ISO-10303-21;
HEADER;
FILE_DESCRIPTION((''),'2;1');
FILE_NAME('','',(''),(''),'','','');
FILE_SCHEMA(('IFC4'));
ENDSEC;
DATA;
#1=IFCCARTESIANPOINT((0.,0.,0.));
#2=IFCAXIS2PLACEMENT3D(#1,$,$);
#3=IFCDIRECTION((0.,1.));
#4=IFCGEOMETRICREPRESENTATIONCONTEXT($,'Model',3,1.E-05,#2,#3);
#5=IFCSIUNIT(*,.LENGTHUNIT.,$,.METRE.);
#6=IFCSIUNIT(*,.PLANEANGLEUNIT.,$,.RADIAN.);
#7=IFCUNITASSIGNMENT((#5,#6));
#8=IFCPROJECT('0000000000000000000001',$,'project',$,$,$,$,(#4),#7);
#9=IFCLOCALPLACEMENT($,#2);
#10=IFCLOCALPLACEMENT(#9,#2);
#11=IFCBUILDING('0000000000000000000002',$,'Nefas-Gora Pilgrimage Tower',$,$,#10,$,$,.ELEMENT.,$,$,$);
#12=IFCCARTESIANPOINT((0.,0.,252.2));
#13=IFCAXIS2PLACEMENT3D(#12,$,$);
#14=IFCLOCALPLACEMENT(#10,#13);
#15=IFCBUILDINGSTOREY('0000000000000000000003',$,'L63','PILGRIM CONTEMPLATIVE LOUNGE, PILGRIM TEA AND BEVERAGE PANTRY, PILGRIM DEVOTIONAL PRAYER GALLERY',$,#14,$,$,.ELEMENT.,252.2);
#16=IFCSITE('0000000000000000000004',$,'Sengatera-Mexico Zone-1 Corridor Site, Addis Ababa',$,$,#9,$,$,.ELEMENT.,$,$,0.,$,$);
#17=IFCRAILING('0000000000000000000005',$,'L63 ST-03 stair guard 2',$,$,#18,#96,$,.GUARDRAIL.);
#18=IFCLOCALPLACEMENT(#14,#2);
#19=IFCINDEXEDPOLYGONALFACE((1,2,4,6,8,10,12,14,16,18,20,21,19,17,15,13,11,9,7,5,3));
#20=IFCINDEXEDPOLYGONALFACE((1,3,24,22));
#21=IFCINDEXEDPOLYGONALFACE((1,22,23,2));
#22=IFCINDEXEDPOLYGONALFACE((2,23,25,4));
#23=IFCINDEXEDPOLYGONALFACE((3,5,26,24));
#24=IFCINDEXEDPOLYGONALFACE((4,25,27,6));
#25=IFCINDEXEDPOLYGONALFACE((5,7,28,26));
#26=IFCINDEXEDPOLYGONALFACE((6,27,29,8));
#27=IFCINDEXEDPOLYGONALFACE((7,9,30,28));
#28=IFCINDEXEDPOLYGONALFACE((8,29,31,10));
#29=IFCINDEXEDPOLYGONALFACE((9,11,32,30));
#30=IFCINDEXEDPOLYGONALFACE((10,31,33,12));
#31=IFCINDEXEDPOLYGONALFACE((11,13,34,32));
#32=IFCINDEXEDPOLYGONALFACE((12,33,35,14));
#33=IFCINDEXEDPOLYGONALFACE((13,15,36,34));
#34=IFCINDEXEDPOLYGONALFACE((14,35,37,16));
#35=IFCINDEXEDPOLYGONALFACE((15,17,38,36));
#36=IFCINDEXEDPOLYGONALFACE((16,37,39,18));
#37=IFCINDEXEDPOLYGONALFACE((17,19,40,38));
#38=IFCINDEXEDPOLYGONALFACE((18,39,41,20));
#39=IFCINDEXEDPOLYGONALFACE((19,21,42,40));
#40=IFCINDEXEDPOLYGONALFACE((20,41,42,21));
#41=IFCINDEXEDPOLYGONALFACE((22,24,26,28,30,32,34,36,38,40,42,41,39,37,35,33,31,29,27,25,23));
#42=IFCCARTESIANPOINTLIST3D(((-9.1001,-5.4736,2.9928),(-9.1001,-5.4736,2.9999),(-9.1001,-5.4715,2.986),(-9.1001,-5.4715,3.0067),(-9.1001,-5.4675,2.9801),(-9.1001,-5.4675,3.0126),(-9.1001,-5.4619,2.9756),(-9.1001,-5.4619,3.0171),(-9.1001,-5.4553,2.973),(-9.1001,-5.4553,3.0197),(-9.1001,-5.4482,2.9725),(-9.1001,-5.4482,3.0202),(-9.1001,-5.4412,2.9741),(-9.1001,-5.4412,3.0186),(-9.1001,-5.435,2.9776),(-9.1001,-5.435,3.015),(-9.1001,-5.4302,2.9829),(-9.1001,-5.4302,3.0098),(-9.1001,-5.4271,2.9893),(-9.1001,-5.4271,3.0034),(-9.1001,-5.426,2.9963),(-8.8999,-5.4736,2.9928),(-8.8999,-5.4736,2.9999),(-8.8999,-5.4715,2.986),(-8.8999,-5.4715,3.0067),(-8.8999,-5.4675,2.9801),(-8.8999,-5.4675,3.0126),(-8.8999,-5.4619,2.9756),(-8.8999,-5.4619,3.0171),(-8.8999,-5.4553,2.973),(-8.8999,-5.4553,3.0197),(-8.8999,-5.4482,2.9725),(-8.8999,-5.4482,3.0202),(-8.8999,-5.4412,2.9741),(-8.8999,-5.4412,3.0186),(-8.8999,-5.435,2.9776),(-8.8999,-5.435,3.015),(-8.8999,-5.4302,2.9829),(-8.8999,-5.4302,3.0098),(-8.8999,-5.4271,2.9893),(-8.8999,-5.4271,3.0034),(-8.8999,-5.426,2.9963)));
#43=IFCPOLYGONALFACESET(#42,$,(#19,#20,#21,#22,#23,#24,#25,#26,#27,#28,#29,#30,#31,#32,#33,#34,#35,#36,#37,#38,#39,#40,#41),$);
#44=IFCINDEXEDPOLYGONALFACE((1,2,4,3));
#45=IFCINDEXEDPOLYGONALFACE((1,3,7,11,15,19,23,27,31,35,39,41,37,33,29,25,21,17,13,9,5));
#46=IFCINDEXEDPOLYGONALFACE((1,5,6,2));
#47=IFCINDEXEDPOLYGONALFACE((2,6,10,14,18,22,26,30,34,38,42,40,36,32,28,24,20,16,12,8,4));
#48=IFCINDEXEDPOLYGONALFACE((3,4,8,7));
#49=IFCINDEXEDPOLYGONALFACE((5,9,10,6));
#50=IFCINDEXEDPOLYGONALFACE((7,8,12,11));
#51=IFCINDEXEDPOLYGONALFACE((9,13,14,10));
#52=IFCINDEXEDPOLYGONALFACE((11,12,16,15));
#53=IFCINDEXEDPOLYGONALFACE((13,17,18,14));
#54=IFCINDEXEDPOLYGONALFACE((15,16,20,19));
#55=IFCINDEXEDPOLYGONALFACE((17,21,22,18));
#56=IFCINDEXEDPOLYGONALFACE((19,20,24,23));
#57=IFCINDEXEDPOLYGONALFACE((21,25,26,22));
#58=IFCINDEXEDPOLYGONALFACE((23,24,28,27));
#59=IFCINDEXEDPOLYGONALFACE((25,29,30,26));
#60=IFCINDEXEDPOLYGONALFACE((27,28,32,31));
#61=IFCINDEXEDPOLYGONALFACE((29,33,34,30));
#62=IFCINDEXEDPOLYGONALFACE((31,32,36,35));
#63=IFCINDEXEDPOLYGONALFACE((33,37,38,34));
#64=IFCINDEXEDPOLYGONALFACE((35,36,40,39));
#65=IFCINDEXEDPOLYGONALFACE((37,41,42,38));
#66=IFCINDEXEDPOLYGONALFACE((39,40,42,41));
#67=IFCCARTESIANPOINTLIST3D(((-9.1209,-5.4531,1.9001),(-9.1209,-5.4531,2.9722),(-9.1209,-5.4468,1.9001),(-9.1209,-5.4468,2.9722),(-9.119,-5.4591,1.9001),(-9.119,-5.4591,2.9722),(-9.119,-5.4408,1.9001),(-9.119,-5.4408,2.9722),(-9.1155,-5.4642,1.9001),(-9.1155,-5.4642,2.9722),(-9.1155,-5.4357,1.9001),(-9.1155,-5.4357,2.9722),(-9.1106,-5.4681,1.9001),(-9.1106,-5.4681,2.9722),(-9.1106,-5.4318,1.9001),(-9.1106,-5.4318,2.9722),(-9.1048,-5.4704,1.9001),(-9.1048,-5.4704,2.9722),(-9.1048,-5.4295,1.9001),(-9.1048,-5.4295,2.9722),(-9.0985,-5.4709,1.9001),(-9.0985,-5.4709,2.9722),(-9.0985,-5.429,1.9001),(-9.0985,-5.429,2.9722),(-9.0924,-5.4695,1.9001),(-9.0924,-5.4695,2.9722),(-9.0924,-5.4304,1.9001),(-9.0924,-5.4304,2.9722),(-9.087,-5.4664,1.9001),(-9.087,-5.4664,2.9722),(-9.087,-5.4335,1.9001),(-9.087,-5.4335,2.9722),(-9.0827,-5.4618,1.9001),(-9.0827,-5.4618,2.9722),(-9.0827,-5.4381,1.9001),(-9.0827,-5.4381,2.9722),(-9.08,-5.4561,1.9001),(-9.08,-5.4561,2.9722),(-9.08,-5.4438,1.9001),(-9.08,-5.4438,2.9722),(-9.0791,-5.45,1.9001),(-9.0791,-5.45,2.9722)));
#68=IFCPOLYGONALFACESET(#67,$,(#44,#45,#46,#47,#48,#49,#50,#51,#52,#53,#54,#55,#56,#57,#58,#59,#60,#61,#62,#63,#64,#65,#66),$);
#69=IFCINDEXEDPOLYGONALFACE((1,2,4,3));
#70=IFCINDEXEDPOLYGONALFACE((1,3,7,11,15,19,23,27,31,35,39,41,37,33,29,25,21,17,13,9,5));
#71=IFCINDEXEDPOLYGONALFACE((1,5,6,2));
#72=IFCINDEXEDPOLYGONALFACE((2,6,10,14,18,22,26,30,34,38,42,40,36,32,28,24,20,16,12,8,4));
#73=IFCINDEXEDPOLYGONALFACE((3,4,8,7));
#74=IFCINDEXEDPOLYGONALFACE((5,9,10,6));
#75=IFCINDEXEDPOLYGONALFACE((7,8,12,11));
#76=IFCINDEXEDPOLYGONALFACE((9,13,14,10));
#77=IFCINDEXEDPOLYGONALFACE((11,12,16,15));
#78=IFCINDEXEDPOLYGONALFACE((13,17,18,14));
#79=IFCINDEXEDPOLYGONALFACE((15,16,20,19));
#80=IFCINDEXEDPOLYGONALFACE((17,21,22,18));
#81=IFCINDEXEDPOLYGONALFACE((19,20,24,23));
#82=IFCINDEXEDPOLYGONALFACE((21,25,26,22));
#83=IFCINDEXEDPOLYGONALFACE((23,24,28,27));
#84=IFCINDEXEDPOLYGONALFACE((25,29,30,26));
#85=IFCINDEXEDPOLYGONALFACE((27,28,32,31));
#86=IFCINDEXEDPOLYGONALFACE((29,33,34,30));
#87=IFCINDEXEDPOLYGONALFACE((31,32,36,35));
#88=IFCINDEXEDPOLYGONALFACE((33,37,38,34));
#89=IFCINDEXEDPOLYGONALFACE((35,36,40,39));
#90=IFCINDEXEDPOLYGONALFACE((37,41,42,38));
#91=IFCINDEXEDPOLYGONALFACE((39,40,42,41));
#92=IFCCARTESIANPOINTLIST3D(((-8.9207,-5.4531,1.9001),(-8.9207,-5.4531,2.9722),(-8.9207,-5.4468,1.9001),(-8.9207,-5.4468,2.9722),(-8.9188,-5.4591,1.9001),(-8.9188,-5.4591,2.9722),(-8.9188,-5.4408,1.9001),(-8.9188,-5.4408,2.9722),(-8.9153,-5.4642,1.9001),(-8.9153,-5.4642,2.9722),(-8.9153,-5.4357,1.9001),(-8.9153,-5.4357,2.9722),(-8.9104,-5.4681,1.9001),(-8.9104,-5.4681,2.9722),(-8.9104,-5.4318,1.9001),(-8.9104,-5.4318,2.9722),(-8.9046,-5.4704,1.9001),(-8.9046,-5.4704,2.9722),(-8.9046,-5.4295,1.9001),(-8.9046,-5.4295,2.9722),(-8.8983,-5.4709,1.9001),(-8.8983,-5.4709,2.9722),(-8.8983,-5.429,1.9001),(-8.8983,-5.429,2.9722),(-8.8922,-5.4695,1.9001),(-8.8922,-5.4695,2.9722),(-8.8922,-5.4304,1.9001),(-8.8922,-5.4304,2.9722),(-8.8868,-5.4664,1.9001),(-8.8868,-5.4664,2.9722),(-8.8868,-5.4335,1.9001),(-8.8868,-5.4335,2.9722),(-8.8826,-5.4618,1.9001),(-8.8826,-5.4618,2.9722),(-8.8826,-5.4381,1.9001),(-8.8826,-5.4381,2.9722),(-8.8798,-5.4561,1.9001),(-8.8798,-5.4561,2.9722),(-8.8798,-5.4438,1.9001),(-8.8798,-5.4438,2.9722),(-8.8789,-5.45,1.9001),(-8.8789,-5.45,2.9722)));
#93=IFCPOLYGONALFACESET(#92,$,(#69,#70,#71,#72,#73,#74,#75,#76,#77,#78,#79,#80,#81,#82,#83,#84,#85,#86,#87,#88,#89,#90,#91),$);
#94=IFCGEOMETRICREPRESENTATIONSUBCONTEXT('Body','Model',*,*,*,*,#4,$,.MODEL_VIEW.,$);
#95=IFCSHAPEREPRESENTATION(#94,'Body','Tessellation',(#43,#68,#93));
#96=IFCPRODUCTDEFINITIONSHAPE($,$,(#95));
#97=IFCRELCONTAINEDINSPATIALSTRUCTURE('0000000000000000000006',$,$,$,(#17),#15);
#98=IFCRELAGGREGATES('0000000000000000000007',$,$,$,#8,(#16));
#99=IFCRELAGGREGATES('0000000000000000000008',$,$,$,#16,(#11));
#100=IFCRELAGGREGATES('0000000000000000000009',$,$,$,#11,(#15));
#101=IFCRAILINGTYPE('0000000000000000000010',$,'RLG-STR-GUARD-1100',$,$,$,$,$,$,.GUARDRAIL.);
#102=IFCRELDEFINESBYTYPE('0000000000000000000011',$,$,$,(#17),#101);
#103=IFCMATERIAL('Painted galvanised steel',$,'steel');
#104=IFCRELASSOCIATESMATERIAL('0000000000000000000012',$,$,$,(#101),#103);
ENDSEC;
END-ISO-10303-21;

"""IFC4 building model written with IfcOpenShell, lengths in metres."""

from ifc_helpers import new_model, si_unit, direction, frame, origin, origin_2d, place, context, subcontext, project, spatial, circle, extrude, material, type_object, element, save


model = new_model("IFC4")

# Units and contexts
model_context = context("Model", 3, precision=1e-05, world=origin(), true_north=direction((0.0, 1.0)))
body_context = subcontext(model_context, "Body", "Model", "MODEL_VIEW")
ifc_project = project(units=[si_unit("LENGTHUNIT", "METRE"), si_unit("PLANEANGLEUNIT", "RADIAN")], contexts=[model_context])

# Site, building, storey
site_placement = place(None, origin())
site = spatial("IfcSite", under=ifc_project, at=site_placement, Name="Sengatera-Mexico Zone-1 Corridor Site, Addis Ababa", CompositionType="ELEMENT", RefElevation=0.0)
building_placement = place(site_placement, origin())
building = spatial("IfcBuilding", under=site, at=building_placement, Name="Nefas-Gora Pilgrimage Tower", CompositionType="ELEMENT")
storey_placement = place(building_placement, frame((0.0, 0.0, 252.2)))
storey = spatial("IfcBuildingStorey", under=building, at=storey_placement, Name="L63", Description="PILGRIM CONTEMPLATIVE LOUNGE, PILGRIM TEA AND BEVERAGE PANTRY, PILGRIM DEVOTIONAL PRAYER GALLERY", CompositionType="ELEMENT", Elevation=252.2)

# Railing
ifc_material_1 = material(Name="Painted galvanised steel", Category="steel")
railing_type_1 = type_object("IfcRailingType", Name="RLG-STR-GUARD-1100", PredefinedType="GUARDRAIL", material=ifc_material_1)
railing_1_placement = place(storey_placement, frame((-9.1001, -5.45, 1.9001)))
element("IfcRailing", 1, at=railing_1_placement, inside=storey, type_object=railing_type_1, Name="L63 ST-03 stair guard 2", PredefinedType="GUARDRAIL", context=body_context, shape_type="SweptSolid", body=[
    extrude(circle(Radius=0.0239, at=origin_2d()), frame((0.0, 0.0, 1.0962), z_axis=(1.0, 0.0, 0.0), x_axis=(0.0, 1.0, 0.0)), (0.0, 0.0, 1.0), 0.2002),
    extrude(circle(Radius=0.021, at=origin_2d()), origin(), (0.0, 0.0, 1.0), 1.072),
    extrude(circle(Radius=0.021, at=origin_2d()), frame((0.2002, 0.0, 0.0)), (0.0, 0.0, 1.0), 1.072),
])

save(model, "model.ifc")
